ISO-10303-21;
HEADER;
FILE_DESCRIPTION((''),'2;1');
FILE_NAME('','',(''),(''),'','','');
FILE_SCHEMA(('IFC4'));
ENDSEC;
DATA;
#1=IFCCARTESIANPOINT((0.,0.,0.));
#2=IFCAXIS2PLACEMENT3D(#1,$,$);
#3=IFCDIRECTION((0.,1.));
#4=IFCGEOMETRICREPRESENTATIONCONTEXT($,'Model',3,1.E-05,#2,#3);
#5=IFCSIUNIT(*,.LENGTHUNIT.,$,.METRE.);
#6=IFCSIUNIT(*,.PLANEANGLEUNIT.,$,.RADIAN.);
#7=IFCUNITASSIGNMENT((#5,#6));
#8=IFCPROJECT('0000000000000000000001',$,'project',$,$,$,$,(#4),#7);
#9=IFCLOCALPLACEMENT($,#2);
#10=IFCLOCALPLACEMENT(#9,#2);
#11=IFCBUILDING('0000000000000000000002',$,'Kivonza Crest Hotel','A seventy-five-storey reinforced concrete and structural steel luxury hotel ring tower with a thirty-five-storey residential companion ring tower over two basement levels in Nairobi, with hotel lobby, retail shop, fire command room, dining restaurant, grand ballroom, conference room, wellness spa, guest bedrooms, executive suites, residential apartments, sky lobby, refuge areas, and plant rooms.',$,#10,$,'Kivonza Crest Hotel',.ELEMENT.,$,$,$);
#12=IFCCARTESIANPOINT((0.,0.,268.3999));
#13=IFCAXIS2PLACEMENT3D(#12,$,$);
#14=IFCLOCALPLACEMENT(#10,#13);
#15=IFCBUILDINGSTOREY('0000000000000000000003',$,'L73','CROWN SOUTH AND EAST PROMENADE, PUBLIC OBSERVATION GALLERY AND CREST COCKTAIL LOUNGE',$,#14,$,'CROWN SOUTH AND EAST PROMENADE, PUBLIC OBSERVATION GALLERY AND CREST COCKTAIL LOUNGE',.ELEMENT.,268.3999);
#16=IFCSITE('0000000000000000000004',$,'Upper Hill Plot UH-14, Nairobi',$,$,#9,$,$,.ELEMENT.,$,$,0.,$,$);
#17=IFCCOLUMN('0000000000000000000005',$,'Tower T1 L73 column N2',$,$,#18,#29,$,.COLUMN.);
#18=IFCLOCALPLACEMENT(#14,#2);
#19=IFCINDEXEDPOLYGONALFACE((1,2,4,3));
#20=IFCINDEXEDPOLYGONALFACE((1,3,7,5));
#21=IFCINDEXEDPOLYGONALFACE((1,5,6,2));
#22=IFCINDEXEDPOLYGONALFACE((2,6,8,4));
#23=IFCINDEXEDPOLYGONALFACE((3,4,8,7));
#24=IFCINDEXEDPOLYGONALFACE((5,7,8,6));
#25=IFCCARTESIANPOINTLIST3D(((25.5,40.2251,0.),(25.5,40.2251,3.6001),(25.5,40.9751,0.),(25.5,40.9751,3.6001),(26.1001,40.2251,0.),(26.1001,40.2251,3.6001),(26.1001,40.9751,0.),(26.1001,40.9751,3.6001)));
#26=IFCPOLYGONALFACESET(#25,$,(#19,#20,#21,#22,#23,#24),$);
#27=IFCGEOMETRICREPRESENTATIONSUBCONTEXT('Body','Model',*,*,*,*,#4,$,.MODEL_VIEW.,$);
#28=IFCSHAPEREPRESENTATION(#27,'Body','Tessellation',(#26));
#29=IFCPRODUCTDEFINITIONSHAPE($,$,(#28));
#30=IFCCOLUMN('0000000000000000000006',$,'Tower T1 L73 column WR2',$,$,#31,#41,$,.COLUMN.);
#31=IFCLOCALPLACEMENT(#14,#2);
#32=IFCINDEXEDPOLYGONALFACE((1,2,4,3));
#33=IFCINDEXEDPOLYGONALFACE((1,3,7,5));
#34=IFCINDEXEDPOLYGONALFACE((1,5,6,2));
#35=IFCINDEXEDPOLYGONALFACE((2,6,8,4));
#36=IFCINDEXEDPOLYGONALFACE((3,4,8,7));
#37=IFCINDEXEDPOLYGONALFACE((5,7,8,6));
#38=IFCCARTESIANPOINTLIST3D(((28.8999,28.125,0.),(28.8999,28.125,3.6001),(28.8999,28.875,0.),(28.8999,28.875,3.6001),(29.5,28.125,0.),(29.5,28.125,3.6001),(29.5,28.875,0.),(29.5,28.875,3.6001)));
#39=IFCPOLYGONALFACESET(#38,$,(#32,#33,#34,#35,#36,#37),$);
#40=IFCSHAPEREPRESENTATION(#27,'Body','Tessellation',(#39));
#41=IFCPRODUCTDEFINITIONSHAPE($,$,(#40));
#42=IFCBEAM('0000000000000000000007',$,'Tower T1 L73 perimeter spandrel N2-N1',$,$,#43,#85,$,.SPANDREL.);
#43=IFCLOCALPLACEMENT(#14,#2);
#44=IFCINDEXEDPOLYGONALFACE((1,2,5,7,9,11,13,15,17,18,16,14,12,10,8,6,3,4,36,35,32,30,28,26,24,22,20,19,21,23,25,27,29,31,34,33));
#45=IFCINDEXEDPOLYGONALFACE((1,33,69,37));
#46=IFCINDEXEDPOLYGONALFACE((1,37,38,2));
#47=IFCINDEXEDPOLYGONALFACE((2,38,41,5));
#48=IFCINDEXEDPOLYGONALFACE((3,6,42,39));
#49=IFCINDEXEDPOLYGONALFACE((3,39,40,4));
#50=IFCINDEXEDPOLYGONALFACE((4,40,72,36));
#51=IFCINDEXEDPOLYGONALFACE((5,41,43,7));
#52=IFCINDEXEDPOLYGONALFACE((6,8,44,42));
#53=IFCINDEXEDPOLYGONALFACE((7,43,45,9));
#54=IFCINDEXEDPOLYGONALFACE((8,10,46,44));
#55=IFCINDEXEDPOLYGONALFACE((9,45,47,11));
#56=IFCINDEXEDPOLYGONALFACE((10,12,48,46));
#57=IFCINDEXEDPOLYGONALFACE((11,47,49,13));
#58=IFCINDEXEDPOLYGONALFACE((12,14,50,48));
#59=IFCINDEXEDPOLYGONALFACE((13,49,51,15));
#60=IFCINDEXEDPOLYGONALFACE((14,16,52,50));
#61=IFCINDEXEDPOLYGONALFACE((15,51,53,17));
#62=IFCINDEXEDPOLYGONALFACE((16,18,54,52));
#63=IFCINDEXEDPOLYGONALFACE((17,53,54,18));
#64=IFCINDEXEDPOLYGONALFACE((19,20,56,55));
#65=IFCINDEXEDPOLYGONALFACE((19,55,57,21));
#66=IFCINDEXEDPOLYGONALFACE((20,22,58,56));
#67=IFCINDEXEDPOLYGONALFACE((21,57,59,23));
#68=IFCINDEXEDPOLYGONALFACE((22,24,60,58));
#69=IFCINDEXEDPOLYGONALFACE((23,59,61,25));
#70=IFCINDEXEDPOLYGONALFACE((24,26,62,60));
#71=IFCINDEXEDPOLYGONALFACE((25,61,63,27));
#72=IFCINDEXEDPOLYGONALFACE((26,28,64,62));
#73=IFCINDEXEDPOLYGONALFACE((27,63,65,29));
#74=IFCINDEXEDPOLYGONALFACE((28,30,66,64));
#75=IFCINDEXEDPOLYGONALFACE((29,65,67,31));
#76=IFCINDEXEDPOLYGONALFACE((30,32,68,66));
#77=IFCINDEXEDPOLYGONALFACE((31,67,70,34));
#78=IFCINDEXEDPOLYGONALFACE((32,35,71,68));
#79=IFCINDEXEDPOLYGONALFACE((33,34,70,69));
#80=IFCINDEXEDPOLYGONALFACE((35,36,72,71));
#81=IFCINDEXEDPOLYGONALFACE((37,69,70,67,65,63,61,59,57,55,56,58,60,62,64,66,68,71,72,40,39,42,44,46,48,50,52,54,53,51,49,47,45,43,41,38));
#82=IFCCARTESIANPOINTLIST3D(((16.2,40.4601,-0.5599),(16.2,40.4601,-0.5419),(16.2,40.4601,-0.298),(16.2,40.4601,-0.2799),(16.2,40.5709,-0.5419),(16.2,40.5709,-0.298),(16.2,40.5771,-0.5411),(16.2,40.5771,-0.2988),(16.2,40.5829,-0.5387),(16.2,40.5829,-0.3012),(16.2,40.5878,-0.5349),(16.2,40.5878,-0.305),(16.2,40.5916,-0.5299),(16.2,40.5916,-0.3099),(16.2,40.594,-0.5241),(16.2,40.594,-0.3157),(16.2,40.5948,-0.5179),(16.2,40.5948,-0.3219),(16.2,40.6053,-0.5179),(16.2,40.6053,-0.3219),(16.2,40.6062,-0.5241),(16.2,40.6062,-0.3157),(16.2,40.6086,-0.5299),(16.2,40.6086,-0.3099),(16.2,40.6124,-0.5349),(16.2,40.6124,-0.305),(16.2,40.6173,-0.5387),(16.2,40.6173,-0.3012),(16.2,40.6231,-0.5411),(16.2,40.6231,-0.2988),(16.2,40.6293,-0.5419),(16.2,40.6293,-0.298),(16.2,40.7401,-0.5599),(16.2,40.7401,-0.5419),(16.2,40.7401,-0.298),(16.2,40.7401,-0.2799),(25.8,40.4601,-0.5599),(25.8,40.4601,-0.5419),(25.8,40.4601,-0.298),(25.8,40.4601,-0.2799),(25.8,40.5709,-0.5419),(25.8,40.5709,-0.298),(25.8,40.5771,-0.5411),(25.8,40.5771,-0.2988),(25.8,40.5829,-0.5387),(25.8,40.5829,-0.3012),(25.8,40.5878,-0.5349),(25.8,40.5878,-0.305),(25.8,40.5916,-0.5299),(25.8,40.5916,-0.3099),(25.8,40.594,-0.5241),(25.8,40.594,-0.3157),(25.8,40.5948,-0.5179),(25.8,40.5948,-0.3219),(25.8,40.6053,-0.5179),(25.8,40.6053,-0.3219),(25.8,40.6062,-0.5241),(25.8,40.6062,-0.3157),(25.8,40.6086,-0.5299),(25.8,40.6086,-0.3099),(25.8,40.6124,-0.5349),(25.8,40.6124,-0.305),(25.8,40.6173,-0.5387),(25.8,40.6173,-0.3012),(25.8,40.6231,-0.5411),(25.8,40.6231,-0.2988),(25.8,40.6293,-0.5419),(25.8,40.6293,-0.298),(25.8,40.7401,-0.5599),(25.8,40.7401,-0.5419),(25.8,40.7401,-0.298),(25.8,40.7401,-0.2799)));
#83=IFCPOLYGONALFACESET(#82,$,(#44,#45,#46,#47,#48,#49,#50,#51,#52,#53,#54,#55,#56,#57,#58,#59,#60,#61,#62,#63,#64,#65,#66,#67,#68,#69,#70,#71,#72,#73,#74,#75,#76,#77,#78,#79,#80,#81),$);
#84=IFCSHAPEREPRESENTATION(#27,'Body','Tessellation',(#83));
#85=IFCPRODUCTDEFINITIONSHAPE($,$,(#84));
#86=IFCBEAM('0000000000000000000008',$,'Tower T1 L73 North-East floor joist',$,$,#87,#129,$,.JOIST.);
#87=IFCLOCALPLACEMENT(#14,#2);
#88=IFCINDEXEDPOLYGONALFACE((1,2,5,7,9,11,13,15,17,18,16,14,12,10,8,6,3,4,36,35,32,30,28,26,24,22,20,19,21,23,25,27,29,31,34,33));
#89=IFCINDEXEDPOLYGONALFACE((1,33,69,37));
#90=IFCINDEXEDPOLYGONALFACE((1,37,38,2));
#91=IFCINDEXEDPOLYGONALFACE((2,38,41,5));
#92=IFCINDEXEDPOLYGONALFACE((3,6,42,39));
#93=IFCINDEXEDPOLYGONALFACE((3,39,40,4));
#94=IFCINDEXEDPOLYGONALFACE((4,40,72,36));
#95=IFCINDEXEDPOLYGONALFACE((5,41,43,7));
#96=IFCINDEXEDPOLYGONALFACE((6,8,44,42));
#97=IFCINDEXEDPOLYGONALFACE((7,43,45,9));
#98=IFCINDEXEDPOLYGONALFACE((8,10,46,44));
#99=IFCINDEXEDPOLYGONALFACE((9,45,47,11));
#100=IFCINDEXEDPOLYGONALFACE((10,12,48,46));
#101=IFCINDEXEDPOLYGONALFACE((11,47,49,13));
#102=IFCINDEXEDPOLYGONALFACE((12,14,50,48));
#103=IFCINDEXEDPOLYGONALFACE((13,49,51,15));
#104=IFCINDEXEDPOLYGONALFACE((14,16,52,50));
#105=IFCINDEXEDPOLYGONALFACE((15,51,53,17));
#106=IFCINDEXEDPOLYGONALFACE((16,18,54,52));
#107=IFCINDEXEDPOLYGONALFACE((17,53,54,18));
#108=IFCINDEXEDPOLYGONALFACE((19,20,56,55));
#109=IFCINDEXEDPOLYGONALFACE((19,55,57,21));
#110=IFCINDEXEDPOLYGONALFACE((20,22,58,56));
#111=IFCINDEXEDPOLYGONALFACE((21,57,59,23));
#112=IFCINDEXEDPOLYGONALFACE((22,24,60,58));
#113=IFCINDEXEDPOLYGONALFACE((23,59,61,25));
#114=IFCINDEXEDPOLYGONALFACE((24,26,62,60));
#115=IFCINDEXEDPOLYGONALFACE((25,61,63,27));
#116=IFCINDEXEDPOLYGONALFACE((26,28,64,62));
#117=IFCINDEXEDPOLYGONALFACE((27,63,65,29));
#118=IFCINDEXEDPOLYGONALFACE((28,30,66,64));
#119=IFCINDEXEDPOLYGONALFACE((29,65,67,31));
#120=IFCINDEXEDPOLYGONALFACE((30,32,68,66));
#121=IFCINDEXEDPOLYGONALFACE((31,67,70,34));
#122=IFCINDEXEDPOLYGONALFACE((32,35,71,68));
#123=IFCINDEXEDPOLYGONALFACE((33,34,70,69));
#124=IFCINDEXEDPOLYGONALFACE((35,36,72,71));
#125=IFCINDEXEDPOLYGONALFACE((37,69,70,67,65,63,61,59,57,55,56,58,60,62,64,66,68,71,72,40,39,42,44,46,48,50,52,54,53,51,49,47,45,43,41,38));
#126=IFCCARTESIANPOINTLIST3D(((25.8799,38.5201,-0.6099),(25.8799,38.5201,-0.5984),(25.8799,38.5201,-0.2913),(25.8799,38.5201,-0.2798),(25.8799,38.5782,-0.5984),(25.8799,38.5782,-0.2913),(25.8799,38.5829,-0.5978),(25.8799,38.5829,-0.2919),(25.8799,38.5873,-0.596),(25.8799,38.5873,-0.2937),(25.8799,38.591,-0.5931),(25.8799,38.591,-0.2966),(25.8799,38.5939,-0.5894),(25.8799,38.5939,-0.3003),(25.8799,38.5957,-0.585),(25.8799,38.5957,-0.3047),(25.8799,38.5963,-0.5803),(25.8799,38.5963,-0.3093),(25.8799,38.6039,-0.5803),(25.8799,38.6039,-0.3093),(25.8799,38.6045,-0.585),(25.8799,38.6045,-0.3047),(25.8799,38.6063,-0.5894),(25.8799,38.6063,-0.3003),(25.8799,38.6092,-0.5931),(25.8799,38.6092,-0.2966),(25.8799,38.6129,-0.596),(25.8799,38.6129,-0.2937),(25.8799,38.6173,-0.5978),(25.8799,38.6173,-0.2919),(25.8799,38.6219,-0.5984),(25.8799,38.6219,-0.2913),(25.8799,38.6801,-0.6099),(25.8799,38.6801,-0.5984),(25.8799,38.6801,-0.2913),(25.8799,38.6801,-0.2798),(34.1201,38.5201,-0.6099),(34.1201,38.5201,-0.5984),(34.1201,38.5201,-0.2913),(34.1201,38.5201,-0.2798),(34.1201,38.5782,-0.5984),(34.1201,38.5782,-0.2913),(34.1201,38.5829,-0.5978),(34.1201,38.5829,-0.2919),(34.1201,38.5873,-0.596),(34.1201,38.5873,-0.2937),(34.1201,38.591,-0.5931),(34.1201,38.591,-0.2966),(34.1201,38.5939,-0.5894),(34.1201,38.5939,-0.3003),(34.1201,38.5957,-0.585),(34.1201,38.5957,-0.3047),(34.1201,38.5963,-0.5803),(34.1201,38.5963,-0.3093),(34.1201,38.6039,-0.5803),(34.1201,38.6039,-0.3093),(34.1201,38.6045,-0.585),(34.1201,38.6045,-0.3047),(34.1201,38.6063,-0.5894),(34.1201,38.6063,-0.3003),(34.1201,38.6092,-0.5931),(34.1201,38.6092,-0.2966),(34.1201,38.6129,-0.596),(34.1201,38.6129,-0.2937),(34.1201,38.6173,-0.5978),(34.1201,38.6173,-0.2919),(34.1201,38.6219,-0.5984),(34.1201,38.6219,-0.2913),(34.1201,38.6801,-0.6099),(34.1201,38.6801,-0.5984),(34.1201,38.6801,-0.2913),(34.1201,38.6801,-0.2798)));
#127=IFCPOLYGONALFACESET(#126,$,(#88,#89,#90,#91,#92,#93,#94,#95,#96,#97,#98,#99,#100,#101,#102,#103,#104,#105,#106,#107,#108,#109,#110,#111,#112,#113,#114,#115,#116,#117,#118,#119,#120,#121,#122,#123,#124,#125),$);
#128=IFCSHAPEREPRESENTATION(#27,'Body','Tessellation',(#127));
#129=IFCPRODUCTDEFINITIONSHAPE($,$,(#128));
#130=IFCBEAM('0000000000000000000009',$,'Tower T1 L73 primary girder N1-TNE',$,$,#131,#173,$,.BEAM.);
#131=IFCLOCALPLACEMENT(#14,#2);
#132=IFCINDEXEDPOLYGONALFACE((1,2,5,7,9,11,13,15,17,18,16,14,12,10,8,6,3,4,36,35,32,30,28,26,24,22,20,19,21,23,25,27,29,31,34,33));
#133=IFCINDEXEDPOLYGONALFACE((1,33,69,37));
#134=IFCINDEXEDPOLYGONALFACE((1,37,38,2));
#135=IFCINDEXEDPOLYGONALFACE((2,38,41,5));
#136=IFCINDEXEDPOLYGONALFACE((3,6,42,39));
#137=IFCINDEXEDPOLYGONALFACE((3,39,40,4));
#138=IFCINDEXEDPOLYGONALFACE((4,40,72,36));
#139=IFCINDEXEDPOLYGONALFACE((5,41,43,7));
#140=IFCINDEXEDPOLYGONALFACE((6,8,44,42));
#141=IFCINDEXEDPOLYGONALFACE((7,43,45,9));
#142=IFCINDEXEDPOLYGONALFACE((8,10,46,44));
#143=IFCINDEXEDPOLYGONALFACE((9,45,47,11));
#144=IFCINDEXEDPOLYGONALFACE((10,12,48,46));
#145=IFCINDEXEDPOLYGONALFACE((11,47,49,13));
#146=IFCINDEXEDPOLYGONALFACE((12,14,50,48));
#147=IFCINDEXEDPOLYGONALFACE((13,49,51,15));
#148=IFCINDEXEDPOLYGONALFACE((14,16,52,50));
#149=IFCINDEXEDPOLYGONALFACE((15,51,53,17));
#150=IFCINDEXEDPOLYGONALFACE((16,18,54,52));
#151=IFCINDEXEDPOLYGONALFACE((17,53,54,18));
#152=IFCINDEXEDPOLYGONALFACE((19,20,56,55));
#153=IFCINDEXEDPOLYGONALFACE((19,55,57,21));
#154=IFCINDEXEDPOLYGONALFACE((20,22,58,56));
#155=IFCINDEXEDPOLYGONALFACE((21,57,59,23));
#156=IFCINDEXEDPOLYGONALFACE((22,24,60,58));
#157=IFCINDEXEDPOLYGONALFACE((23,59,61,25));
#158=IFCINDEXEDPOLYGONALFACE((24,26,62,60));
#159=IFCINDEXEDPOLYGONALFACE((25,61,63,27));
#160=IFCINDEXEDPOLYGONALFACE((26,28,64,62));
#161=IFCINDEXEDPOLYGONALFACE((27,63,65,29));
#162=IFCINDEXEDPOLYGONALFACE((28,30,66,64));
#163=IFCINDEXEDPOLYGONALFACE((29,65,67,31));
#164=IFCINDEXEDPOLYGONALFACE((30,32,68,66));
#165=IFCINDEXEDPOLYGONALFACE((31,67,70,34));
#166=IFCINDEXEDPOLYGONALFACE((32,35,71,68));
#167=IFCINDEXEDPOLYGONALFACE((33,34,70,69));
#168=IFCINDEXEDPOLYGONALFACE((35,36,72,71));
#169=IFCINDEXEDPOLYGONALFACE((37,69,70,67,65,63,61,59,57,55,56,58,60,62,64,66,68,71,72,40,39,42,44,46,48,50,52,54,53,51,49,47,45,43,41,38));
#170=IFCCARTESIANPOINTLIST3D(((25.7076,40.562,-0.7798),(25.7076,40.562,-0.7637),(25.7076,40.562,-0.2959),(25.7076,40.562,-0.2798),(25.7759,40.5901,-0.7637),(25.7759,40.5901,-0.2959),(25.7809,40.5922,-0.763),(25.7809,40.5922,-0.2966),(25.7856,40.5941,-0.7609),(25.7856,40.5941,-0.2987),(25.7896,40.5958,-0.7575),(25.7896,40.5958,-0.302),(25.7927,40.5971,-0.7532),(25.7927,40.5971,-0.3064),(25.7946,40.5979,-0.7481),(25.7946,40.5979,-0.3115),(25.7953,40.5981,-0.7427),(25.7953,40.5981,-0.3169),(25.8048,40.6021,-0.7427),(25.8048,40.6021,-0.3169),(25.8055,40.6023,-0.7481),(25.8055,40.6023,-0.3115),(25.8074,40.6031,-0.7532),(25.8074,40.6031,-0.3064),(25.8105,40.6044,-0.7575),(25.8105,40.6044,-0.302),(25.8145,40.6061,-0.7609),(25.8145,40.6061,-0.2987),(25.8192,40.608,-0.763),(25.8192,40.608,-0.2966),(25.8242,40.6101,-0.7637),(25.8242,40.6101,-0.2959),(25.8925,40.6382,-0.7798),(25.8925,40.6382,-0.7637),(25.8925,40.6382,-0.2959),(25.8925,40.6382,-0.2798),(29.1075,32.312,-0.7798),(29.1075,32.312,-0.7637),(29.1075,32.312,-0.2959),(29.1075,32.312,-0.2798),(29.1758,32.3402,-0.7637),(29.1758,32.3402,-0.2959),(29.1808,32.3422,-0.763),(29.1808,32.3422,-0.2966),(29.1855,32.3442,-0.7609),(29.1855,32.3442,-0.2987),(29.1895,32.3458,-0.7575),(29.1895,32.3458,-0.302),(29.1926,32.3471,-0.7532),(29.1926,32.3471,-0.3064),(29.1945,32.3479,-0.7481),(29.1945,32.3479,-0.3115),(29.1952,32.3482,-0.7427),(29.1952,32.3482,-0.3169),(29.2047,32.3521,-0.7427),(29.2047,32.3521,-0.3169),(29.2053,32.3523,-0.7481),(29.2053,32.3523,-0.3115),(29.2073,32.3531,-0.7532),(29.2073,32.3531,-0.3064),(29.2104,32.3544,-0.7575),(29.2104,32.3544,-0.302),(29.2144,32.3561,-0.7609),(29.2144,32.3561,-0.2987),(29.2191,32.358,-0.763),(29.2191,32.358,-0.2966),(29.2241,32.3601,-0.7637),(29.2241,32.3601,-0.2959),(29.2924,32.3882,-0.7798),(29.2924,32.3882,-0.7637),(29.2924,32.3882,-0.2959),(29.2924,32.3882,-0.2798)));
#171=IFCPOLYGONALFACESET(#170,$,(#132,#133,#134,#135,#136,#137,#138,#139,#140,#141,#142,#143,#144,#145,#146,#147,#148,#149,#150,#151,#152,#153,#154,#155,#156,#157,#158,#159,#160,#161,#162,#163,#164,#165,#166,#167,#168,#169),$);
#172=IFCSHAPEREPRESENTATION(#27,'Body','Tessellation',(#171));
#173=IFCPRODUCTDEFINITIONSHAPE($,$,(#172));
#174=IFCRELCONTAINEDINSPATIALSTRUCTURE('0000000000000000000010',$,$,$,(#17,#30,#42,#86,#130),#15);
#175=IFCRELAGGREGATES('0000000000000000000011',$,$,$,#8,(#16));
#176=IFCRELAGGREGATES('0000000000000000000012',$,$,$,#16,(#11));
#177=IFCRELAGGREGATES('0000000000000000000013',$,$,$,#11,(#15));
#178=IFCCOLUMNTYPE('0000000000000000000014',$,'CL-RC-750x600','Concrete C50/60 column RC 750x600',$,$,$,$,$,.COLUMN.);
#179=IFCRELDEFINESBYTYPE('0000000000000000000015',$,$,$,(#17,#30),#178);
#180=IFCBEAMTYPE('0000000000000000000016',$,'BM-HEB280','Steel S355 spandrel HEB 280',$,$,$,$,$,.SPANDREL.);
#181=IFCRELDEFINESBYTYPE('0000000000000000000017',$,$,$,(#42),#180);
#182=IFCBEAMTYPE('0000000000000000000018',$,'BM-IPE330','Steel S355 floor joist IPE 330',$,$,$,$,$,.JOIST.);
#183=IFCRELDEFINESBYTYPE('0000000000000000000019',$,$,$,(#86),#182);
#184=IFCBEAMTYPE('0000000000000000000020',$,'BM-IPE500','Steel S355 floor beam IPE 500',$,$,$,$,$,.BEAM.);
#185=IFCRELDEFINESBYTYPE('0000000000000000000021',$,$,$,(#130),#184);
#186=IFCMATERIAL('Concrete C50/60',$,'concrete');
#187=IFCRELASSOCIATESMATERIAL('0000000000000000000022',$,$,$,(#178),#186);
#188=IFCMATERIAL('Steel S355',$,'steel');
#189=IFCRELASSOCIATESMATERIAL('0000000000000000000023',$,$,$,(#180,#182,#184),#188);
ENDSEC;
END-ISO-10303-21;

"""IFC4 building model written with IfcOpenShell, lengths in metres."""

from ifc_helpers import new_model, si_unit, direction, frame, origin, origin_2d, place, context, subcontext, project, spatial, rectangle, i_section, extrude, material, material_profile, profile_set, type_object, element, save


model = new_model("IFC4")

# Units and contexts
model_context = context("Model", 3, precision=1e-05, world=origin(), true_north=direction((0.0, 1.0)))
body_context = subcontext(model_context, "Body", "Model", "MODEL_VIEW")
ifc_project = project(units=[si_unit("LENGTHUNIT", "METRE"), si_unit("PLANEANGLEUNIT", "RADIAN")], contexts=[model_context])

# Site, building, storey
site_placement = place(None, origin())
site = spatial("IfcSite", under=ifc_project, at=site_placement, Name="Upper Hill Plot UH-14, Nairobi", CompositionType="ELEMENT", RefElevation=0.0)
building_placement = place(site_placement, origin())
building = spatial("IfcBuilding", under=site, at=building_placement, Name="Kivonza Crest Hotel", Description="A seventy-five-storey reinforced concrete and structural steel luxury hotel ring tower with a thirty-five-storey residential companion ring tower over two basement levels in Nairobi, with hotel lobby, retail shop, fire command room, dining restaurant, grand ballroom, conference room, wellness spa, guest bedrooms, executive suites, residential apartments, sky lobby, refuge areas, and plant rooms.", LongName="Kivonza Crest Hotel", CompositionType="ELEMENT")
storey_placement = place(building_placement, frame((0.0, 0.0, 268.3999)))
storey = spatial("IfcBuildingStorey", under=building, at=storey_placement, Name="L73", Description="CROWN SOUTH AND EAST PROMENADE, PUBLIC OBSERVATION GALLERY AND CREST COCKTAIL LOUNGE", LongName="CROWN SOUTH AND EAST PROMENADE, PUBLIC OBSERVATION GALLERY AND CREST COCKTAIL LOUNGE", CompositionType="ELEMENT", Elevation=268.3999)

# Columns
ifc_material_1 = material(Name="Concrete C50/60", Category="concrete")
ifc_material_profile_1 = material_profile(ifc_material_1, rectangle(XDim=0.6001, YDim=0.75, at=origin_2d()), Name="RC 750x600")
ifc_profile_set_1 = profile_set([ifc_material_profile_1], Name="Concrete C50/60")
column_type = type_object("IfcColumnType", Name="CL-RC-750x600", Description="Concrete C50/60 column RC 750x600", PredefinedType="COLUMN", material=ifc_profile_set_1)
for number, where, z_axis, x_axis, name in (
    (1, (25.8, 40.6001, 0.0), (0.0, 0.0, 1.0), (1.0, 0.0, 0.0), "Tower T1 L73 column N2"),
    (2, (29.2, 28.5, 0.0), (0.0, 0.0, 1.0), (1.0, 0.0, 0.0), "Tower T1 L73 column WR2"),
):
    element("IfcColumn", number, at=place(storey_placement, frame(where, z_axis=z_axis, x_axis=x_axis)), inside=storey, type_object=column_type, Name=name, PredefinedType="COLUMN", context=body_context, shape_type="SweptSolid", body=[
        extrude(rectangle(XDim=0.6001, YDim=0.75, at=origin_2d()), origin(), (0.0, 0.0, 1.0), 3.6001),
    ])

# Beams
ifc_material_2 = material(Name="Steel S355", Category="steel")
ifc_material_profile_2 = material_profile(ifc_material_2, i_section(OverallWidth=0.28, OverallDepth=0.28, WebThickness=0.0105, FlangeThickness=0.0181, FilletRadius=0.0239, at=origin_2d()), Name="HEB 280")
ifc_profile_set_2 = profile_set([ifc_material_profile_2], Name="Steel S355")
beam_type_1 = type_object("IfcBeamType", Name="BM-HEB280", Description="Steel S355 spandrel HEB 280", PredefinedType="SPANDREL", material=ifc_profile_set_2)
beam_1_placement = place(storey_placement, frame((25.8, 40.6001, -0.4199), z_axis=(-1.0, 0.0, 0.0), x_axis=(0.0, -1.0, 0.0)))
element("IfcBeam", 3, at=beam_1_placement, inside=storey, type_object=beam_type_1, Name="Tower T1 L73 perimeter spandrel N2-N1", PredefinedType="SPANDREL", context=body_context, shape_type="SweptSolid", body=[
    extrude(i_section(OverallWidth=0.28, OverallDepth=0.28, WebThickness=0.0105, FlangeThickness=0.0181, FilletRadius=0.0239, at=origin_2d()), origin(), (0.0, 0.0, 1.0), 9.6001),
])
ifc_material_profile_3 = material_profile(ifc_material_2, i_section(OverallWidth=0.1599, OverallDepth=0.3301, WebThickness=0.0076, FlangeThickness=0.0115, FilletRadius=0.0181, at=origin_2d()), Name="IPE 330")
ifc_profile_set_3 = profile_set([ifc_material_profile_3], Name="Steel S355")
beam_type_2 = type_object("IfcBeamType", Name="BM-IPE330", Description="Steel S355 floor joist IPE 330", PredefinedType="JOIST", material=ifc_profile_set_3)
beam_2_placement = place(storey_placement, frame((25.8799, 38.6001, -0.4448), z_axis=(1.0, 0.0, 0.0), x_axis=(0.0, 1.0, 0.0)))
element("IfcBeam", 4, at=beam_2_placement, inside=storey, type_object=beam_type_2, Name="Tower T1 L73 North-East floor joist", PredefinedType="JOIST", context=body_context, shape_type="SweptSolid", body=[
    extrude(i_section(OverallWidth=0.1599, OverallDepth=0.3301, WebThickness=0.0076, FlangeThickness=0.0115, FilletRadius=0.0181, at=origin_2d()), origin(), (0.0, 0.0, 1.0), 8.2402),
])
ifc_material_profile_4 = material_profile(ifc_material_2, i_section(OverallWidth=0.2, OverallDepth=0.5, WebThickness=0.0103, FlangeThickness=0.0161, FilletRadius=0.021, at=origin_2d()), Name="IPE 500")
ifc_profile_set_4 = profile_set([ifc_material_profile_4], Name="Steel S355")
beam_type_3 = type_object("IfcBeamType", Name="BM-IPE500", Description="Steel S355 floor beam IPE 500", PredefinedType="BEAM", material=ifc_profile_set_4)
beam_3_placement = place(storey_placement, frame((25.8, 40.6001, -0.5298), z_axis=(0.381022, -0.924566, 0.0), x_axis=(0.924566, 0.381022, 0.0)))
element("IfcBeam", 5, at=beam_3_placement, inside=storey, type_object=beam_type_3, Name="Tower T1 L73 primary girder N1-TNE", PredefinedType="BEAM", context=body_context, shape_type="SweptSolid", body=[
    extrude(i_section(OverallWidth=0.2, OverallDepth=0.5, WebThickness=0.0103, FlangeThickness=0.0161, FilletRadius=0.021, at=origin_2d()), origin(), (0.0, 0.0, 1.0), 8.9231),
])

save(model, "model.ifc")
